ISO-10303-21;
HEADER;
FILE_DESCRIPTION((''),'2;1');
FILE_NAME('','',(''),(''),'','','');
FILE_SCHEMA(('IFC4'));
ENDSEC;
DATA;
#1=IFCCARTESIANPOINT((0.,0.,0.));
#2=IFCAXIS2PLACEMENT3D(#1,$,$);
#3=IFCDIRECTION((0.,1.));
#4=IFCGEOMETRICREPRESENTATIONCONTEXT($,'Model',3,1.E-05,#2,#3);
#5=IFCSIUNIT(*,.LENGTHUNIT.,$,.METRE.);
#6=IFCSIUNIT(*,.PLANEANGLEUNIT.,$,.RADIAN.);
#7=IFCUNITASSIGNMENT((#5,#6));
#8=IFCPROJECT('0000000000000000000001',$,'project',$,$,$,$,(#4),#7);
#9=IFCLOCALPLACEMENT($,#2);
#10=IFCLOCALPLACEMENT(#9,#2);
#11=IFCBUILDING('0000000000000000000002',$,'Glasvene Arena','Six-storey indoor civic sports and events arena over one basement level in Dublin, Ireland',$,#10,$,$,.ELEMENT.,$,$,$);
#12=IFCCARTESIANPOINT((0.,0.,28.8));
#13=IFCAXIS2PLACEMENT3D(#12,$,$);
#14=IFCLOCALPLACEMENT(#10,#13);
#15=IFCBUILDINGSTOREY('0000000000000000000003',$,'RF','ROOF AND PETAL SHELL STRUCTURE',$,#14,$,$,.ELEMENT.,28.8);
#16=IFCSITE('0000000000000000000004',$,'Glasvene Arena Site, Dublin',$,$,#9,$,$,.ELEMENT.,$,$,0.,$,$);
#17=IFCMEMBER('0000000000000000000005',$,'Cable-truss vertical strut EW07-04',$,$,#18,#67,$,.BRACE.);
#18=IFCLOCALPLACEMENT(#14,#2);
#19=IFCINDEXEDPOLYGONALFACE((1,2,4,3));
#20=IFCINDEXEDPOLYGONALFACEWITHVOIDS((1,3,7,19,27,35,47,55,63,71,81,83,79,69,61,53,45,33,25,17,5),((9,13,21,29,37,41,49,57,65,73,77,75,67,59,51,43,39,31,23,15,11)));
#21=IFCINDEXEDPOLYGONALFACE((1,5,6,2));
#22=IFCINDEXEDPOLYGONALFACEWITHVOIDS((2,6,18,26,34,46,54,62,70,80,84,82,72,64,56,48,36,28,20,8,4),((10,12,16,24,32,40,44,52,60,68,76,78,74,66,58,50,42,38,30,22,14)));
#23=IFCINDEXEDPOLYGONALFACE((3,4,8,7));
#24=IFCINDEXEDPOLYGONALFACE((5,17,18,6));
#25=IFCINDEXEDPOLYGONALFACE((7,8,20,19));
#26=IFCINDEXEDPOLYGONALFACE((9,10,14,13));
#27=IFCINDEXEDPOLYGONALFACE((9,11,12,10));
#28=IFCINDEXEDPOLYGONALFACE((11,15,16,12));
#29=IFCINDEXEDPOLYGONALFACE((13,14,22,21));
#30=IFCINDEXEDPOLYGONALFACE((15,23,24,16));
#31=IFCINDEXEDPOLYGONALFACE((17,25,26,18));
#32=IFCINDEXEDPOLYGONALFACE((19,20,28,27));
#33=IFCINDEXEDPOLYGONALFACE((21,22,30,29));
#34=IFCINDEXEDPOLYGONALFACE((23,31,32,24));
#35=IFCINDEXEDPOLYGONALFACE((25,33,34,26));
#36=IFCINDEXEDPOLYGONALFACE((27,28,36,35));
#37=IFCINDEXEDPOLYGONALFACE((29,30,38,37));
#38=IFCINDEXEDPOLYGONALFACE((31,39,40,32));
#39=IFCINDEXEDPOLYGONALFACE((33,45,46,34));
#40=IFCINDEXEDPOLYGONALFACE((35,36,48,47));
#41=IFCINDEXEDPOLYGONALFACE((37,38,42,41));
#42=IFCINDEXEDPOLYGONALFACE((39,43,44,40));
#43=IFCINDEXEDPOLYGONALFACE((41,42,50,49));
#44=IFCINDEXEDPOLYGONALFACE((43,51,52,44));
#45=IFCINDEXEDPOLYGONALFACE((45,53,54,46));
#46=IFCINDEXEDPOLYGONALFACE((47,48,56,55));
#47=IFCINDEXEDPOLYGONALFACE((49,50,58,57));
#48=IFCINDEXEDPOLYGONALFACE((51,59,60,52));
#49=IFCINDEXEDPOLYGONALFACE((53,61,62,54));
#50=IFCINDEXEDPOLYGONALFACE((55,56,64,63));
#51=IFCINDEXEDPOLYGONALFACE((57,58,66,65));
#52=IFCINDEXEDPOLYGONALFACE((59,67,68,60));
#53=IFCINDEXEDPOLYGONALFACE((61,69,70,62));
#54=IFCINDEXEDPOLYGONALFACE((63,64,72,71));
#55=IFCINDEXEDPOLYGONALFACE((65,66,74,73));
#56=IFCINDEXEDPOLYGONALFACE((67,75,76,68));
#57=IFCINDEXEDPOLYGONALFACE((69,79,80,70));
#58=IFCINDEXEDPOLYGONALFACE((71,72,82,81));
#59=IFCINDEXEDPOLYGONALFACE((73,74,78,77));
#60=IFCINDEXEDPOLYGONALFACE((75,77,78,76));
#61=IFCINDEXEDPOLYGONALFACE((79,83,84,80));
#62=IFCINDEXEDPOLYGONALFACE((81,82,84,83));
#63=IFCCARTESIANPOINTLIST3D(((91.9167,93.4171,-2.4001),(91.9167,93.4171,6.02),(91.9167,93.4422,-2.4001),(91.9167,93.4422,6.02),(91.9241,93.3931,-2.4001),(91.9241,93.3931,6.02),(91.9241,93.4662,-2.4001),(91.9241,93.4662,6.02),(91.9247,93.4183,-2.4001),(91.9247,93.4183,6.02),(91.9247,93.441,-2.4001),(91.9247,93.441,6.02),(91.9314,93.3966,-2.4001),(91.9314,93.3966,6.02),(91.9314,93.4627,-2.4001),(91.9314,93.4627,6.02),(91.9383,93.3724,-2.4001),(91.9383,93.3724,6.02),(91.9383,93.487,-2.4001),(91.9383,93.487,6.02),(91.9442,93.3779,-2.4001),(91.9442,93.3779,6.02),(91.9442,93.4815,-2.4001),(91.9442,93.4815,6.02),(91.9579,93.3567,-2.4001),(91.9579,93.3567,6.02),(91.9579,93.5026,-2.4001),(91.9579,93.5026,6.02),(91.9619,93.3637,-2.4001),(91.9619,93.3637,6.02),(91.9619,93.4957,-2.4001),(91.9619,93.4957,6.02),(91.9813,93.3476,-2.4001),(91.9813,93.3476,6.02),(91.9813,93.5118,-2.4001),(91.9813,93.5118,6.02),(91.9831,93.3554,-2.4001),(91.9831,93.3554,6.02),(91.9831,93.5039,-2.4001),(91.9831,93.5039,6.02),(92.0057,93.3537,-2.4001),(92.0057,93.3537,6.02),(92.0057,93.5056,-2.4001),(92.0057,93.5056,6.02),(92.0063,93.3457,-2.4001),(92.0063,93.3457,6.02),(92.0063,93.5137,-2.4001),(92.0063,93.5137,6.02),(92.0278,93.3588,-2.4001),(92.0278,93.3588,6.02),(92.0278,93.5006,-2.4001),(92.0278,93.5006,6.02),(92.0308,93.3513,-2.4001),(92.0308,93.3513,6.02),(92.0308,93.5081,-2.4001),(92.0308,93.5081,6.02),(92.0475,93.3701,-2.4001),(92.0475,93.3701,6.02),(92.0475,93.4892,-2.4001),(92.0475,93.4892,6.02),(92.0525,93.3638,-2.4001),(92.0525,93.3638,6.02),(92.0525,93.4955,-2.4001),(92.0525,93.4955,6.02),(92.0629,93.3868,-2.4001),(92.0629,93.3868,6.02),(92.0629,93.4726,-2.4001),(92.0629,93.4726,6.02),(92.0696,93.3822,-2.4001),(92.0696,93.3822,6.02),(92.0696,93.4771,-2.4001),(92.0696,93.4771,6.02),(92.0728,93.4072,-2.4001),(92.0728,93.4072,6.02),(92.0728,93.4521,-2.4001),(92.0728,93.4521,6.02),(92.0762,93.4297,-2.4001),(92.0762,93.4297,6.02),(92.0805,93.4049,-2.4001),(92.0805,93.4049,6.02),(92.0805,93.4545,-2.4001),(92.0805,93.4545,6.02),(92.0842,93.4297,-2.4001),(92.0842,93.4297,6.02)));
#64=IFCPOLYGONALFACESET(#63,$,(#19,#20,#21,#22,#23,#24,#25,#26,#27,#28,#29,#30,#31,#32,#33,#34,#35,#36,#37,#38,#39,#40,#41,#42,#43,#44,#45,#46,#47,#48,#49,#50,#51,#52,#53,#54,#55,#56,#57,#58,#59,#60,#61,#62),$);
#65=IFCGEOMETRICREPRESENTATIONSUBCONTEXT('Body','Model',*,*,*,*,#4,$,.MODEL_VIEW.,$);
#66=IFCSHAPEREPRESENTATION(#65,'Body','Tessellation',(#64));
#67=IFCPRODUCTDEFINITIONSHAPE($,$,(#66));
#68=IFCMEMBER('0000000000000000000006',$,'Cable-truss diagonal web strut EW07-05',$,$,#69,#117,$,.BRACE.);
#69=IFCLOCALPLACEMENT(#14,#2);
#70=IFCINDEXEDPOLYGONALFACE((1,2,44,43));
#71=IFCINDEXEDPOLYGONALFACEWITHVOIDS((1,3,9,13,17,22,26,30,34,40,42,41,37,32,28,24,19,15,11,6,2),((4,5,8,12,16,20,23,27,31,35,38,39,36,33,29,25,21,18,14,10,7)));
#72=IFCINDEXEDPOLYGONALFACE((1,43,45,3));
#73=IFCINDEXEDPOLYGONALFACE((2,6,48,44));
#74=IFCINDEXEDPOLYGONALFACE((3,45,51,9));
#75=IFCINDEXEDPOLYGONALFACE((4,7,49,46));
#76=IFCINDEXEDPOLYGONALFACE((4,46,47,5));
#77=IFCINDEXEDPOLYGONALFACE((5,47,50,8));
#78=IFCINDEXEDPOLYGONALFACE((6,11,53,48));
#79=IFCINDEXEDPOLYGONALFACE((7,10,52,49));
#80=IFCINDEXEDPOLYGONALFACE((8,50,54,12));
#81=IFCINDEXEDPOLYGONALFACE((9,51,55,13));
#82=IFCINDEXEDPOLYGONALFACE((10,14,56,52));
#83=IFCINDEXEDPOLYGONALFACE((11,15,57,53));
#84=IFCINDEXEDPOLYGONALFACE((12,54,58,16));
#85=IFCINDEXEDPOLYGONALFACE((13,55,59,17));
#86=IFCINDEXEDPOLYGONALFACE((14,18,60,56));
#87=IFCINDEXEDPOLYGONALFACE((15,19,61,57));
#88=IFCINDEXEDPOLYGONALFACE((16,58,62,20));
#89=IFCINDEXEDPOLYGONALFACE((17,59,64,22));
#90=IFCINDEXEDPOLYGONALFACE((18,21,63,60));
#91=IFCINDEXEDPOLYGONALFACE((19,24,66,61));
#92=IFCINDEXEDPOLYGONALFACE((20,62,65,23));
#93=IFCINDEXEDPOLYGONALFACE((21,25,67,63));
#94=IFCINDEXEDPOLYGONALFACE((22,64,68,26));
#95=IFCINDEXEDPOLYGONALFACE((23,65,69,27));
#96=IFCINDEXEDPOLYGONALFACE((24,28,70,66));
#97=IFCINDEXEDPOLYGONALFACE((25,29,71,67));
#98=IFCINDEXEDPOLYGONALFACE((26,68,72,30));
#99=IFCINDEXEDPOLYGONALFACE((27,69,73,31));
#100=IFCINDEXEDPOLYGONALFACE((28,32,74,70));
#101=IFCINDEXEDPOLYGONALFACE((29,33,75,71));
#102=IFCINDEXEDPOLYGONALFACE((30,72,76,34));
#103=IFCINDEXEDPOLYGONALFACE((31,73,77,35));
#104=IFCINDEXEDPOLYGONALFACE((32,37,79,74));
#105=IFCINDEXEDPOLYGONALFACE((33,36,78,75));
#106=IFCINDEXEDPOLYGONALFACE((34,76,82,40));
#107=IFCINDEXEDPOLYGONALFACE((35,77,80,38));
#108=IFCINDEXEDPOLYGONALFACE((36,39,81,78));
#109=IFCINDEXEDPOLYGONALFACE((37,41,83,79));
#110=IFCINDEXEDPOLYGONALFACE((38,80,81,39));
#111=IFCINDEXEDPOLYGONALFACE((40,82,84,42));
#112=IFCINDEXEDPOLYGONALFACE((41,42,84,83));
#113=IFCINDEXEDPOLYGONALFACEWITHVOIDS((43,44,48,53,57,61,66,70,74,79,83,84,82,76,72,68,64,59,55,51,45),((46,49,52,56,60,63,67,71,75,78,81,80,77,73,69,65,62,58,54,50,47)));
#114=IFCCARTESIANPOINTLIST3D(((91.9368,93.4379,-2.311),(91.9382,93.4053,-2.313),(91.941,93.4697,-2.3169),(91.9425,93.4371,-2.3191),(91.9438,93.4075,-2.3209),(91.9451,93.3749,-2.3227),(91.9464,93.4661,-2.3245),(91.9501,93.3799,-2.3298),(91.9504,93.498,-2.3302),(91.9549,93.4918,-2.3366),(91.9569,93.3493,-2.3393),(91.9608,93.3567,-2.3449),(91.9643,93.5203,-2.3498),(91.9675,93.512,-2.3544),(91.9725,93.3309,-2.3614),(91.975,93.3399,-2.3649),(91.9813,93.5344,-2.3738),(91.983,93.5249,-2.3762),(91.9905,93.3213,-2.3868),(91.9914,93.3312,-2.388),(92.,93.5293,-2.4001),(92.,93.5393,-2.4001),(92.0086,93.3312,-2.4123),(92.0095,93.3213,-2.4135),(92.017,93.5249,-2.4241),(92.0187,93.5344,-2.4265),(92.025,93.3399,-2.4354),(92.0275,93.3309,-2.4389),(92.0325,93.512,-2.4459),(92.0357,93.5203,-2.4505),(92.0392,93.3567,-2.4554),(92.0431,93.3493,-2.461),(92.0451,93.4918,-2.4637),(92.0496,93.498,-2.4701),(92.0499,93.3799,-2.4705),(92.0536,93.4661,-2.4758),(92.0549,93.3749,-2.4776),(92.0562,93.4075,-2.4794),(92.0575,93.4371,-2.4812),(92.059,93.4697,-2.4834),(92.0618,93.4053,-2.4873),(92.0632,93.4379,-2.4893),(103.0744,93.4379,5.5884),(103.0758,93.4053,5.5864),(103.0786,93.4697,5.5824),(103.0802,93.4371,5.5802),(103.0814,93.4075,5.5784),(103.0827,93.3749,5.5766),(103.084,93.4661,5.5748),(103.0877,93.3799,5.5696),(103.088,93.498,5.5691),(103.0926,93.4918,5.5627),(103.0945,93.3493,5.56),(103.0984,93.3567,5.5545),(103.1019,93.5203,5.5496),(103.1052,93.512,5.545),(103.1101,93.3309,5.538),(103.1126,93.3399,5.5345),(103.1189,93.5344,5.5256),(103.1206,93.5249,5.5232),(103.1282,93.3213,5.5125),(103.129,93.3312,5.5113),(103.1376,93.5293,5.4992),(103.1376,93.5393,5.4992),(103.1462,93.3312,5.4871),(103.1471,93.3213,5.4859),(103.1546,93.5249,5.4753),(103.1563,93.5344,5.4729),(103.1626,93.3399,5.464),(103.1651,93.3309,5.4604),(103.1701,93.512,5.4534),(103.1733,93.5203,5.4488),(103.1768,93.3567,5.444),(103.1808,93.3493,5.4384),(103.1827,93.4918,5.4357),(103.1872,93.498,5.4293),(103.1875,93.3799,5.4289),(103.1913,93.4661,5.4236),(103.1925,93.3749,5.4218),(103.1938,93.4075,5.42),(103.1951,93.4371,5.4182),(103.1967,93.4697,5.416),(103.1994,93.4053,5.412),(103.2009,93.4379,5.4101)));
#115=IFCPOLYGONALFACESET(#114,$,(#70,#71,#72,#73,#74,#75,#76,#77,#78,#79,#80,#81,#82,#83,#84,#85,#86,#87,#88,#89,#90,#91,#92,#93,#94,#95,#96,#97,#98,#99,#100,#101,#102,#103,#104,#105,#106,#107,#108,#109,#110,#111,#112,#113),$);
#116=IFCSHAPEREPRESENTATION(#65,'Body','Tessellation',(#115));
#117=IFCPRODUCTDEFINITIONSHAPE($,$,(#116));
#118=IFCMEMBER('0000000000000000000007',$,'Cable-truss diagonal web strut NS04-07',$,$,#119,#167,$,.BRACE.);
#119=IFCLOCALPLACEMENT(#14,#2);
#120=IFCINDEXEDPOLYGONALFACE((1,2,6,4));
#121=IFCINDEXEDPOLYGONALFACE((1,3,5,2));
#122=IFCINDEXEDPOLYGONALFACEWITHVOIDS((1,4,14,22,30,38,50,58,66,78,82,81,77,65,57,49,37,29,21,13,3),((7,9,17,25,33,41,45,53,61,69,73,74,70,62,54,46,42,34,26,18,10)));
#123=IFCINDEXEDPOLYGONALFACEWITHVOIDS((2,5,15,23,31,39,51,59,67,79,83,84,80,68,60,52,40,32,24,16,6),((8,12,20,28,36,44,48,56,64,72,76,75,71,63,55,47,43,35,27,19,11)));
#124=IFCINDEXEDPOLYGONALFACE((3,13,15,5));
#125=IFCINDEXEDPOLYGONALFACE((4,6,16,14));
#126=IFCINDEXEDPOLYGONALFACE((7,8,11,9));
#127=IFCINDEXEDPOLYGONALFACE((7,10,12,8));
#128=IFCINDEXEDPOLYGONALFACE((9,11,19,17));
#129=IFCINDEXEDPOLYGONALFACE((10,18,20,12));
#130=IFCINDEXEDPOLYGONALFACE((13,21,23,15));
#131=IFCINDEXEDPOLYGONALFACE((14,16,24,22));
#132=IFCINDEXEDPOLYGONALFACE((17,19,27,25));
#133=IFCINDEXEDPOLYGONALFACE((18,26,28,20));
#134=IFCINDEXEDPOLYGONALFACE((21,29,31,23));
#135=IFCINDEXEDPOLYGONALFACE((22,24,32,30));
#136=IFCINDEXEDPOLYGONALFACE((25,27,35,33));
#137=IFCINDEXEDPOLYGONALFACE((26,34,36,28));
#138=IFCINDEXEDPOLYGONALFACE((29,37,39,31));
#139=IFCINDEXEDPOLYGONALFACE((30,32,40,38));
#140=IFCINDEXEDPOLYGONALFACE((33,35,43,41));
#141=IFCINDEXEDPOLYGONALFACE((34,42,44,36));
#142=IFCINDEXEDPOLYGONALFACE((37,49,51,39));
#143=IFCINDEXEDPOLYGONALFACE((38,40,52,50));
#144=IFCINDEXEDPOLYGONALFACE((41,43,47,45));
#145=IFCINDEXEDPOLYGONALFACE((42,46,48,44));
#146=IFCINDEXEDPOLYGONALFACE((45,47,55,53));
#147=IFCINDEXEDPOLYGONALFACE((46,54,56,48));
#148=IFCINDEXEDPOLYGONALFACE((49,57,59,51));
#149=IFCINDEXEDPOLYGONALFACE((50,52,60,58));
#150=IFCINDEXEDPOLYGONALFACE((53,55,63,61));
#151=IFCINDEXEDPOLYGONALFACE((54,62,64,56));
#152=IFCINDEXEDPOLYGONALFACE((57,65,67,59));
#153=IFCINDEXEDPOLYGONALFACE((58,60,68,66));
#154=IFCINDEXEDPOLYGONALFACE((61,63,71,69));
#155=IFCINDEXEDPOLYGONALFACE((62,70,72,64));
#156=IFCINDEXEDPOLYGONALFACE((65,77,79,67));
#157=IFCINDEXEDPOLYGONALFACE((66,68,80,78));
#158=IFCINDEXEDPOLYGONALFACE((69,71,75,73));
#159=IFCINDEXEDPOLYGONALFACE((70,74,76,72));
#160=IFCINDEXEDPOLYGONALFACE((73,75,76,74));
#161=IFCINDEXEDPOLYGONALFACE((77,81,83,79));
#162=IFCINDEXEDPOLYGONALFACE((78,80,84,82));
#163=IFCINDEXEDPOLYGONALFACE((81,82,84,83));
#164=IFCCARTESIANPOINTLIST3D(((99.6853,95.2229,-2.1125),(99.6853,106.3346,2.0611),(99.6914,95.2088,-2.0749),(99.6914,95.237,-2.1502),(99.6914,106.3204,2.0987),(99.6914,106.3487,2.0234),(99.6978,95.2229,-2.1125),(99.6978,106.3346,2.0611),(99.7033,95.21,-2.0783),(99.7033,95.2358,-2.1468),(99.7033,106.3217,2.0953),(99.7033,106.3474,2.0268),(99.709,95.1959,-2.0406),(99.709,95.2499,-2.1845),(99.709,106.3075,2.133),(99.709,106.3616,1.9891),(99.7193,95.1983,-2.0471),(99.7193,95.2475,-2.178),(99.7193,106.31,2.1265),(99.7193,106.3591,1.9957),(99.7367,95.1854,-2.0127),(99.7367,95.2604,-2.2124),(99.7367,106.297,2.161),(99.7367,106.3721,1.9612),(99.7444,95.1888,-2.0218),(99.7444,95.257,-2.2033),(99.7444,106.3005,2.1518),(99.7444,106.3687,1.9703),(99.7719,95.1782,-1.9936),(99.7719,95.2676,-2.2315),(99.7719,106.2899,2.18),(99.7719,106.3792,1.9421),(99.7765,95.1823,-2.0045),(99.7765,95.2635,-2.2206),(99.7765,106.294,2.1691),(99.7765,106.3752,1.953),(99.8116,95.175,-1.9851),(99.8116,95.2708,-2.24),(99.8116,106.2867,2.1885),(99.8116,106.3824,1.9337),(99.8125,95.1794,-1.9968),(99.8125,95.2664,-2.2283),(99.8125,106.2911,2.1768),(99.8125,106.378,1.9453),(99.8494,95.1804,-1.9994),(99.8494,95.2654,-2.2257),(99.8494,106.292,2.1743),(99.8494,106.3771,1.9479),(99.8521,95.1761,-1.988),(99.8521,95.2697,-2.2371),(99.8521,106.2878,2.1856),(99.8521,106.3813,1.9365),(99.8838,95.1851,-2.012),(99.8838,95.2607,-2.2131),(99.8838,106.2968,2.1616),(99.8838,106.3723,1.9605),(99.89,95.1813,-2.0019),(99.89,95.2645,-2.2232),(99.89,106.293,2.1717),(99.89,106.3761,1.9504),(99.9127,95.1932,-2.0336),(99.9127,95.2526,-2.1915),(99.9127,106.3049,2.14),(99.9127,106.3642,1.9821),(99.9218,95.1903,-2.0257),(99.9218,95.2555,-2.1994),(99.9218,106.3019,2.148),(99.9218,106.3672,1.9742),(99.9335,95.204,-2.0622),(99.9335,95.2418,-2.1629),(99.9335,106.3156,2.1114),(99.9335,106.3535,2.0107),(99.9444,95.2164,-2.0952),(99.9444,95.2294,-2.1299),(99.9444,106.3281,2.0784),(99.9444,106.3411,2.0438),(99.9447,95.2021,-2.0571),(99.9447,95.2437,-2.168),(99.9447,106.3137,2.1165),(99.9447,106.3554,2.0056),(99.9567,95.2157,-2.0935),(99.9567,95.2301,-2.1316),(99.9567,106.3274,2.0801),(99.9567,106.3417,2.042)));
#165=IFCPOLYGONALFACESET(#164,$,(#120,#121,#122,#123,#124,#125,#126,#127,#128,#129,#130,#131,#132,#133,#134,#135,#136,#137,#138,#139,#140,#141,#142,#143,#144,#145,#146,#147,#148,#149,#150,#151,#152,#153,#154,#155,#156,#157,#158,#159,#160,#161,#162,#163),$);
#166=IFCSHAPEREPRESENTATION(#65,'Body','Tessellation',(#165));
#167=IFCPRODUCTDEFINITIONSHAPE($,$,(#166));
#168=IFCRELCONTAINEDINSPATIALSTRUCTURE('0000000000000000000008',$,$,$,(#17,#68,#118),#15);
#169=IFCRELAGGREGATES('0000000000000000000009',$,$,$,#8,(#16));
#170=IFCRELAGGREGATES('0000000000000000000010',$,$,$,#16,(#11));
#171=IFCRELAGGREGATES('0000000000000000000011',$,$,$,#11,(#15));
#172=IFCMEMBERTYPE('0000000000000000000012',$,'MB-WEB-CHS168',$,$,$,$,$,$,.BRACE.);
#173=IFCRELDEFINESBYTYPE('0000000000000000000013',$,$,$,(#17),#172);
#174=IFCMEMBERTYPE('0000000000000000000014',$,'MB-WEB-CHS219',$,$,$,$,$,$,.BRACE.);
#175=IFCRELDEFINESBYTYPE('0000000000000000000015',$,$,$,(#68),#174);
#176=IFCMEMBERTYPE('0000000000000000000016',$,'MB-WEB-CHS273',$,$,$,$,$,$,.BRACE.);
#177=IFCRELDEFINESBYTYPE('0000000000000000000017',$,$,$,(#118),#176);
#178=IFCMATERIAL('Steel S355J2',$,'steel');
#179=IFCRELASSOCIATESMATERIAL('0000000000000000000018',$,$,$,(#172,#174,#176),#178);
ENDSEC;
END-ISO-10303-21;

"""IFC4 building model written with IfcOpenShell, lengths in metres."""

from ifc_helpers import new_model, si_unit, direction, frame, origin, origin_2d, place, context, subcontext, project, spatial, hollow_circle, extrude, material, material_profile, profile_set, type_object, element, save


model = new_model("IFC4")

# Units and contexts
model_context = context("Model", 3, precision=1e-05, world=origin(), true_north=direction((0.0, 1.0)))
body_context = subcontext(model_context, "Body", "Model", "MODEL_VIEW")
ifc_project = project(units=[si_unit("LENGTHUNIT", "METRE"), si_unit("PLANEANGLEUNIT", "RADIAN")], contexts=[model_context])

# Site, building, storey
site_placement = place(None, origin())
site = spatial("IfcSite", under=ifc_project, at=site_placement, Name="Glasvene Arena Site, Dublin", CompositionType="ELEMENT", RefElevation=0.0)
building_placement = place(site_placement, origin())
building = spatial("IfcBuilding", under=site, at=building_placement, Name="Glasvene Arena", Description="Six-storey indoor civic sports and events arena over one basement level in Dublin, Ireland", CompositionType="ELEMENT")
storey_placement = place(building_placement, frame((0.0, 0.0, 28.8)))
storey = spatial("IfcBuildingStorey", under=building, at=storey_placement, Name="RF", Description="ROOF AND PETAL SHELL STRUCTURE", CompositionType="ELEMENT", Elevation=28.8)

# Members
ifc_material_1 = material(Name="Steel S355J2", Category="steel")
ifc_material_profile_1 = material_profile(ifc_material_1, hollow_circle(Radius=0.0842, WallThickness=0.0081, at=origin_2d()), Name="CHS 168.3x8.0")
ifc_profile_set_1 = profile_set([ifc_material_profile_1], Name="Steel S355J2")
member_type_1 = type_object("IfcMemberType", Name="MB-WEB-CHS168", PredefinedType="BRACE", material=ifc_profile_set_1)
member_1_placement = place(storey_placement, frame((92.0, 93.4297, -2.4001), z_axis=(0.0, 0.0, 1.0), x_axis=(1.0, 0.0, 0.0)))
element("IfcMember", 1, at=member_1_placement, inside=storey, type_object=member_type_1, Name="Cable-truss vertical strut EW07-04", PredefinedType="BRACE", context=body_context, shape_type="SweptSolid", body=[
    extrude(hollow_circle(Radius=0.0842, WallThickness=0.0081, at=origin_2d()), origin(), (0.0, 0.0, 1.0), 8.4202),
])
ifc_material_profile_2 = material_profile(ifc_material_1, hollow_circle(Radius=0.1096, WallThickness=0.01, at=origin_2d()), Name="CHS 219.1x10.0")
ifc_profile_set_2 = profile_set([ifc_material_profile_2], Name="Steel S355J2")
member_type_2 = type_object("IfcMemberType", Name="MB-WEB-CHS219", PredefinedType="BRACE", material=ifc_profile_set_2)
member_2_placement = place(storey_placement, frame((92.0, 93.4297, -2.4001), z_axis=(0.815672, 0.0, 0.578515), x_axis=(0.0, 1.0, 0.0)))
element("IfcMember", 2, at=member_2_placement, inside=storey, type_object=member_type_2, Name="Cable-truss diagonal web strut EW07-05", PredefinedType="BRACE", context=body_context, shape_type="SweptSolid", body=[
    extrude(hollow_circle(Radius=0.1096, WallThickness=0.01, at=origin_2d()), origin(), (0.0, 0.0, 1.0), 13.6545),
])
ifc_material_profile_3 = material_profile(ifc_material_1, hollow_circle(Radius=0.1365, WallThickness=0.0125, at=origin_2d()), Name="CHS 273.0x12.5")
ifc_profile_set_3 = profile_set([ifc_material_profile_3], Name="Steel S355J2")
member_type_3 = type_object("IfcMemberType", Name="MB-WEB-CHS273", PredefinedType="BRACE", material=ifc_profile_set_3)
member_3_placement = place(storey_placement, frame((99.8218, 95.2229, -2.1125), z_axis=(0.0, 0.936142, 0.351622), x_axis=(-1.0, 0.0, 0.0)))
element("IfcMember", 3, at=member_3_placement, inside=storey, type_object=member_type_3, Name="Cable-truss diagonal web strut NS04-07", PredefinedType="BRACE", context=body_context, shape_type="SweptSolid", body=[
    extrude(hollow_circle(Radius=0.1365, WallThickness=0.0125, at=origin_2d()), origin(), (0.0, 0.0, 1.0), 11.8696),
])

save(model, "model.ifc")
